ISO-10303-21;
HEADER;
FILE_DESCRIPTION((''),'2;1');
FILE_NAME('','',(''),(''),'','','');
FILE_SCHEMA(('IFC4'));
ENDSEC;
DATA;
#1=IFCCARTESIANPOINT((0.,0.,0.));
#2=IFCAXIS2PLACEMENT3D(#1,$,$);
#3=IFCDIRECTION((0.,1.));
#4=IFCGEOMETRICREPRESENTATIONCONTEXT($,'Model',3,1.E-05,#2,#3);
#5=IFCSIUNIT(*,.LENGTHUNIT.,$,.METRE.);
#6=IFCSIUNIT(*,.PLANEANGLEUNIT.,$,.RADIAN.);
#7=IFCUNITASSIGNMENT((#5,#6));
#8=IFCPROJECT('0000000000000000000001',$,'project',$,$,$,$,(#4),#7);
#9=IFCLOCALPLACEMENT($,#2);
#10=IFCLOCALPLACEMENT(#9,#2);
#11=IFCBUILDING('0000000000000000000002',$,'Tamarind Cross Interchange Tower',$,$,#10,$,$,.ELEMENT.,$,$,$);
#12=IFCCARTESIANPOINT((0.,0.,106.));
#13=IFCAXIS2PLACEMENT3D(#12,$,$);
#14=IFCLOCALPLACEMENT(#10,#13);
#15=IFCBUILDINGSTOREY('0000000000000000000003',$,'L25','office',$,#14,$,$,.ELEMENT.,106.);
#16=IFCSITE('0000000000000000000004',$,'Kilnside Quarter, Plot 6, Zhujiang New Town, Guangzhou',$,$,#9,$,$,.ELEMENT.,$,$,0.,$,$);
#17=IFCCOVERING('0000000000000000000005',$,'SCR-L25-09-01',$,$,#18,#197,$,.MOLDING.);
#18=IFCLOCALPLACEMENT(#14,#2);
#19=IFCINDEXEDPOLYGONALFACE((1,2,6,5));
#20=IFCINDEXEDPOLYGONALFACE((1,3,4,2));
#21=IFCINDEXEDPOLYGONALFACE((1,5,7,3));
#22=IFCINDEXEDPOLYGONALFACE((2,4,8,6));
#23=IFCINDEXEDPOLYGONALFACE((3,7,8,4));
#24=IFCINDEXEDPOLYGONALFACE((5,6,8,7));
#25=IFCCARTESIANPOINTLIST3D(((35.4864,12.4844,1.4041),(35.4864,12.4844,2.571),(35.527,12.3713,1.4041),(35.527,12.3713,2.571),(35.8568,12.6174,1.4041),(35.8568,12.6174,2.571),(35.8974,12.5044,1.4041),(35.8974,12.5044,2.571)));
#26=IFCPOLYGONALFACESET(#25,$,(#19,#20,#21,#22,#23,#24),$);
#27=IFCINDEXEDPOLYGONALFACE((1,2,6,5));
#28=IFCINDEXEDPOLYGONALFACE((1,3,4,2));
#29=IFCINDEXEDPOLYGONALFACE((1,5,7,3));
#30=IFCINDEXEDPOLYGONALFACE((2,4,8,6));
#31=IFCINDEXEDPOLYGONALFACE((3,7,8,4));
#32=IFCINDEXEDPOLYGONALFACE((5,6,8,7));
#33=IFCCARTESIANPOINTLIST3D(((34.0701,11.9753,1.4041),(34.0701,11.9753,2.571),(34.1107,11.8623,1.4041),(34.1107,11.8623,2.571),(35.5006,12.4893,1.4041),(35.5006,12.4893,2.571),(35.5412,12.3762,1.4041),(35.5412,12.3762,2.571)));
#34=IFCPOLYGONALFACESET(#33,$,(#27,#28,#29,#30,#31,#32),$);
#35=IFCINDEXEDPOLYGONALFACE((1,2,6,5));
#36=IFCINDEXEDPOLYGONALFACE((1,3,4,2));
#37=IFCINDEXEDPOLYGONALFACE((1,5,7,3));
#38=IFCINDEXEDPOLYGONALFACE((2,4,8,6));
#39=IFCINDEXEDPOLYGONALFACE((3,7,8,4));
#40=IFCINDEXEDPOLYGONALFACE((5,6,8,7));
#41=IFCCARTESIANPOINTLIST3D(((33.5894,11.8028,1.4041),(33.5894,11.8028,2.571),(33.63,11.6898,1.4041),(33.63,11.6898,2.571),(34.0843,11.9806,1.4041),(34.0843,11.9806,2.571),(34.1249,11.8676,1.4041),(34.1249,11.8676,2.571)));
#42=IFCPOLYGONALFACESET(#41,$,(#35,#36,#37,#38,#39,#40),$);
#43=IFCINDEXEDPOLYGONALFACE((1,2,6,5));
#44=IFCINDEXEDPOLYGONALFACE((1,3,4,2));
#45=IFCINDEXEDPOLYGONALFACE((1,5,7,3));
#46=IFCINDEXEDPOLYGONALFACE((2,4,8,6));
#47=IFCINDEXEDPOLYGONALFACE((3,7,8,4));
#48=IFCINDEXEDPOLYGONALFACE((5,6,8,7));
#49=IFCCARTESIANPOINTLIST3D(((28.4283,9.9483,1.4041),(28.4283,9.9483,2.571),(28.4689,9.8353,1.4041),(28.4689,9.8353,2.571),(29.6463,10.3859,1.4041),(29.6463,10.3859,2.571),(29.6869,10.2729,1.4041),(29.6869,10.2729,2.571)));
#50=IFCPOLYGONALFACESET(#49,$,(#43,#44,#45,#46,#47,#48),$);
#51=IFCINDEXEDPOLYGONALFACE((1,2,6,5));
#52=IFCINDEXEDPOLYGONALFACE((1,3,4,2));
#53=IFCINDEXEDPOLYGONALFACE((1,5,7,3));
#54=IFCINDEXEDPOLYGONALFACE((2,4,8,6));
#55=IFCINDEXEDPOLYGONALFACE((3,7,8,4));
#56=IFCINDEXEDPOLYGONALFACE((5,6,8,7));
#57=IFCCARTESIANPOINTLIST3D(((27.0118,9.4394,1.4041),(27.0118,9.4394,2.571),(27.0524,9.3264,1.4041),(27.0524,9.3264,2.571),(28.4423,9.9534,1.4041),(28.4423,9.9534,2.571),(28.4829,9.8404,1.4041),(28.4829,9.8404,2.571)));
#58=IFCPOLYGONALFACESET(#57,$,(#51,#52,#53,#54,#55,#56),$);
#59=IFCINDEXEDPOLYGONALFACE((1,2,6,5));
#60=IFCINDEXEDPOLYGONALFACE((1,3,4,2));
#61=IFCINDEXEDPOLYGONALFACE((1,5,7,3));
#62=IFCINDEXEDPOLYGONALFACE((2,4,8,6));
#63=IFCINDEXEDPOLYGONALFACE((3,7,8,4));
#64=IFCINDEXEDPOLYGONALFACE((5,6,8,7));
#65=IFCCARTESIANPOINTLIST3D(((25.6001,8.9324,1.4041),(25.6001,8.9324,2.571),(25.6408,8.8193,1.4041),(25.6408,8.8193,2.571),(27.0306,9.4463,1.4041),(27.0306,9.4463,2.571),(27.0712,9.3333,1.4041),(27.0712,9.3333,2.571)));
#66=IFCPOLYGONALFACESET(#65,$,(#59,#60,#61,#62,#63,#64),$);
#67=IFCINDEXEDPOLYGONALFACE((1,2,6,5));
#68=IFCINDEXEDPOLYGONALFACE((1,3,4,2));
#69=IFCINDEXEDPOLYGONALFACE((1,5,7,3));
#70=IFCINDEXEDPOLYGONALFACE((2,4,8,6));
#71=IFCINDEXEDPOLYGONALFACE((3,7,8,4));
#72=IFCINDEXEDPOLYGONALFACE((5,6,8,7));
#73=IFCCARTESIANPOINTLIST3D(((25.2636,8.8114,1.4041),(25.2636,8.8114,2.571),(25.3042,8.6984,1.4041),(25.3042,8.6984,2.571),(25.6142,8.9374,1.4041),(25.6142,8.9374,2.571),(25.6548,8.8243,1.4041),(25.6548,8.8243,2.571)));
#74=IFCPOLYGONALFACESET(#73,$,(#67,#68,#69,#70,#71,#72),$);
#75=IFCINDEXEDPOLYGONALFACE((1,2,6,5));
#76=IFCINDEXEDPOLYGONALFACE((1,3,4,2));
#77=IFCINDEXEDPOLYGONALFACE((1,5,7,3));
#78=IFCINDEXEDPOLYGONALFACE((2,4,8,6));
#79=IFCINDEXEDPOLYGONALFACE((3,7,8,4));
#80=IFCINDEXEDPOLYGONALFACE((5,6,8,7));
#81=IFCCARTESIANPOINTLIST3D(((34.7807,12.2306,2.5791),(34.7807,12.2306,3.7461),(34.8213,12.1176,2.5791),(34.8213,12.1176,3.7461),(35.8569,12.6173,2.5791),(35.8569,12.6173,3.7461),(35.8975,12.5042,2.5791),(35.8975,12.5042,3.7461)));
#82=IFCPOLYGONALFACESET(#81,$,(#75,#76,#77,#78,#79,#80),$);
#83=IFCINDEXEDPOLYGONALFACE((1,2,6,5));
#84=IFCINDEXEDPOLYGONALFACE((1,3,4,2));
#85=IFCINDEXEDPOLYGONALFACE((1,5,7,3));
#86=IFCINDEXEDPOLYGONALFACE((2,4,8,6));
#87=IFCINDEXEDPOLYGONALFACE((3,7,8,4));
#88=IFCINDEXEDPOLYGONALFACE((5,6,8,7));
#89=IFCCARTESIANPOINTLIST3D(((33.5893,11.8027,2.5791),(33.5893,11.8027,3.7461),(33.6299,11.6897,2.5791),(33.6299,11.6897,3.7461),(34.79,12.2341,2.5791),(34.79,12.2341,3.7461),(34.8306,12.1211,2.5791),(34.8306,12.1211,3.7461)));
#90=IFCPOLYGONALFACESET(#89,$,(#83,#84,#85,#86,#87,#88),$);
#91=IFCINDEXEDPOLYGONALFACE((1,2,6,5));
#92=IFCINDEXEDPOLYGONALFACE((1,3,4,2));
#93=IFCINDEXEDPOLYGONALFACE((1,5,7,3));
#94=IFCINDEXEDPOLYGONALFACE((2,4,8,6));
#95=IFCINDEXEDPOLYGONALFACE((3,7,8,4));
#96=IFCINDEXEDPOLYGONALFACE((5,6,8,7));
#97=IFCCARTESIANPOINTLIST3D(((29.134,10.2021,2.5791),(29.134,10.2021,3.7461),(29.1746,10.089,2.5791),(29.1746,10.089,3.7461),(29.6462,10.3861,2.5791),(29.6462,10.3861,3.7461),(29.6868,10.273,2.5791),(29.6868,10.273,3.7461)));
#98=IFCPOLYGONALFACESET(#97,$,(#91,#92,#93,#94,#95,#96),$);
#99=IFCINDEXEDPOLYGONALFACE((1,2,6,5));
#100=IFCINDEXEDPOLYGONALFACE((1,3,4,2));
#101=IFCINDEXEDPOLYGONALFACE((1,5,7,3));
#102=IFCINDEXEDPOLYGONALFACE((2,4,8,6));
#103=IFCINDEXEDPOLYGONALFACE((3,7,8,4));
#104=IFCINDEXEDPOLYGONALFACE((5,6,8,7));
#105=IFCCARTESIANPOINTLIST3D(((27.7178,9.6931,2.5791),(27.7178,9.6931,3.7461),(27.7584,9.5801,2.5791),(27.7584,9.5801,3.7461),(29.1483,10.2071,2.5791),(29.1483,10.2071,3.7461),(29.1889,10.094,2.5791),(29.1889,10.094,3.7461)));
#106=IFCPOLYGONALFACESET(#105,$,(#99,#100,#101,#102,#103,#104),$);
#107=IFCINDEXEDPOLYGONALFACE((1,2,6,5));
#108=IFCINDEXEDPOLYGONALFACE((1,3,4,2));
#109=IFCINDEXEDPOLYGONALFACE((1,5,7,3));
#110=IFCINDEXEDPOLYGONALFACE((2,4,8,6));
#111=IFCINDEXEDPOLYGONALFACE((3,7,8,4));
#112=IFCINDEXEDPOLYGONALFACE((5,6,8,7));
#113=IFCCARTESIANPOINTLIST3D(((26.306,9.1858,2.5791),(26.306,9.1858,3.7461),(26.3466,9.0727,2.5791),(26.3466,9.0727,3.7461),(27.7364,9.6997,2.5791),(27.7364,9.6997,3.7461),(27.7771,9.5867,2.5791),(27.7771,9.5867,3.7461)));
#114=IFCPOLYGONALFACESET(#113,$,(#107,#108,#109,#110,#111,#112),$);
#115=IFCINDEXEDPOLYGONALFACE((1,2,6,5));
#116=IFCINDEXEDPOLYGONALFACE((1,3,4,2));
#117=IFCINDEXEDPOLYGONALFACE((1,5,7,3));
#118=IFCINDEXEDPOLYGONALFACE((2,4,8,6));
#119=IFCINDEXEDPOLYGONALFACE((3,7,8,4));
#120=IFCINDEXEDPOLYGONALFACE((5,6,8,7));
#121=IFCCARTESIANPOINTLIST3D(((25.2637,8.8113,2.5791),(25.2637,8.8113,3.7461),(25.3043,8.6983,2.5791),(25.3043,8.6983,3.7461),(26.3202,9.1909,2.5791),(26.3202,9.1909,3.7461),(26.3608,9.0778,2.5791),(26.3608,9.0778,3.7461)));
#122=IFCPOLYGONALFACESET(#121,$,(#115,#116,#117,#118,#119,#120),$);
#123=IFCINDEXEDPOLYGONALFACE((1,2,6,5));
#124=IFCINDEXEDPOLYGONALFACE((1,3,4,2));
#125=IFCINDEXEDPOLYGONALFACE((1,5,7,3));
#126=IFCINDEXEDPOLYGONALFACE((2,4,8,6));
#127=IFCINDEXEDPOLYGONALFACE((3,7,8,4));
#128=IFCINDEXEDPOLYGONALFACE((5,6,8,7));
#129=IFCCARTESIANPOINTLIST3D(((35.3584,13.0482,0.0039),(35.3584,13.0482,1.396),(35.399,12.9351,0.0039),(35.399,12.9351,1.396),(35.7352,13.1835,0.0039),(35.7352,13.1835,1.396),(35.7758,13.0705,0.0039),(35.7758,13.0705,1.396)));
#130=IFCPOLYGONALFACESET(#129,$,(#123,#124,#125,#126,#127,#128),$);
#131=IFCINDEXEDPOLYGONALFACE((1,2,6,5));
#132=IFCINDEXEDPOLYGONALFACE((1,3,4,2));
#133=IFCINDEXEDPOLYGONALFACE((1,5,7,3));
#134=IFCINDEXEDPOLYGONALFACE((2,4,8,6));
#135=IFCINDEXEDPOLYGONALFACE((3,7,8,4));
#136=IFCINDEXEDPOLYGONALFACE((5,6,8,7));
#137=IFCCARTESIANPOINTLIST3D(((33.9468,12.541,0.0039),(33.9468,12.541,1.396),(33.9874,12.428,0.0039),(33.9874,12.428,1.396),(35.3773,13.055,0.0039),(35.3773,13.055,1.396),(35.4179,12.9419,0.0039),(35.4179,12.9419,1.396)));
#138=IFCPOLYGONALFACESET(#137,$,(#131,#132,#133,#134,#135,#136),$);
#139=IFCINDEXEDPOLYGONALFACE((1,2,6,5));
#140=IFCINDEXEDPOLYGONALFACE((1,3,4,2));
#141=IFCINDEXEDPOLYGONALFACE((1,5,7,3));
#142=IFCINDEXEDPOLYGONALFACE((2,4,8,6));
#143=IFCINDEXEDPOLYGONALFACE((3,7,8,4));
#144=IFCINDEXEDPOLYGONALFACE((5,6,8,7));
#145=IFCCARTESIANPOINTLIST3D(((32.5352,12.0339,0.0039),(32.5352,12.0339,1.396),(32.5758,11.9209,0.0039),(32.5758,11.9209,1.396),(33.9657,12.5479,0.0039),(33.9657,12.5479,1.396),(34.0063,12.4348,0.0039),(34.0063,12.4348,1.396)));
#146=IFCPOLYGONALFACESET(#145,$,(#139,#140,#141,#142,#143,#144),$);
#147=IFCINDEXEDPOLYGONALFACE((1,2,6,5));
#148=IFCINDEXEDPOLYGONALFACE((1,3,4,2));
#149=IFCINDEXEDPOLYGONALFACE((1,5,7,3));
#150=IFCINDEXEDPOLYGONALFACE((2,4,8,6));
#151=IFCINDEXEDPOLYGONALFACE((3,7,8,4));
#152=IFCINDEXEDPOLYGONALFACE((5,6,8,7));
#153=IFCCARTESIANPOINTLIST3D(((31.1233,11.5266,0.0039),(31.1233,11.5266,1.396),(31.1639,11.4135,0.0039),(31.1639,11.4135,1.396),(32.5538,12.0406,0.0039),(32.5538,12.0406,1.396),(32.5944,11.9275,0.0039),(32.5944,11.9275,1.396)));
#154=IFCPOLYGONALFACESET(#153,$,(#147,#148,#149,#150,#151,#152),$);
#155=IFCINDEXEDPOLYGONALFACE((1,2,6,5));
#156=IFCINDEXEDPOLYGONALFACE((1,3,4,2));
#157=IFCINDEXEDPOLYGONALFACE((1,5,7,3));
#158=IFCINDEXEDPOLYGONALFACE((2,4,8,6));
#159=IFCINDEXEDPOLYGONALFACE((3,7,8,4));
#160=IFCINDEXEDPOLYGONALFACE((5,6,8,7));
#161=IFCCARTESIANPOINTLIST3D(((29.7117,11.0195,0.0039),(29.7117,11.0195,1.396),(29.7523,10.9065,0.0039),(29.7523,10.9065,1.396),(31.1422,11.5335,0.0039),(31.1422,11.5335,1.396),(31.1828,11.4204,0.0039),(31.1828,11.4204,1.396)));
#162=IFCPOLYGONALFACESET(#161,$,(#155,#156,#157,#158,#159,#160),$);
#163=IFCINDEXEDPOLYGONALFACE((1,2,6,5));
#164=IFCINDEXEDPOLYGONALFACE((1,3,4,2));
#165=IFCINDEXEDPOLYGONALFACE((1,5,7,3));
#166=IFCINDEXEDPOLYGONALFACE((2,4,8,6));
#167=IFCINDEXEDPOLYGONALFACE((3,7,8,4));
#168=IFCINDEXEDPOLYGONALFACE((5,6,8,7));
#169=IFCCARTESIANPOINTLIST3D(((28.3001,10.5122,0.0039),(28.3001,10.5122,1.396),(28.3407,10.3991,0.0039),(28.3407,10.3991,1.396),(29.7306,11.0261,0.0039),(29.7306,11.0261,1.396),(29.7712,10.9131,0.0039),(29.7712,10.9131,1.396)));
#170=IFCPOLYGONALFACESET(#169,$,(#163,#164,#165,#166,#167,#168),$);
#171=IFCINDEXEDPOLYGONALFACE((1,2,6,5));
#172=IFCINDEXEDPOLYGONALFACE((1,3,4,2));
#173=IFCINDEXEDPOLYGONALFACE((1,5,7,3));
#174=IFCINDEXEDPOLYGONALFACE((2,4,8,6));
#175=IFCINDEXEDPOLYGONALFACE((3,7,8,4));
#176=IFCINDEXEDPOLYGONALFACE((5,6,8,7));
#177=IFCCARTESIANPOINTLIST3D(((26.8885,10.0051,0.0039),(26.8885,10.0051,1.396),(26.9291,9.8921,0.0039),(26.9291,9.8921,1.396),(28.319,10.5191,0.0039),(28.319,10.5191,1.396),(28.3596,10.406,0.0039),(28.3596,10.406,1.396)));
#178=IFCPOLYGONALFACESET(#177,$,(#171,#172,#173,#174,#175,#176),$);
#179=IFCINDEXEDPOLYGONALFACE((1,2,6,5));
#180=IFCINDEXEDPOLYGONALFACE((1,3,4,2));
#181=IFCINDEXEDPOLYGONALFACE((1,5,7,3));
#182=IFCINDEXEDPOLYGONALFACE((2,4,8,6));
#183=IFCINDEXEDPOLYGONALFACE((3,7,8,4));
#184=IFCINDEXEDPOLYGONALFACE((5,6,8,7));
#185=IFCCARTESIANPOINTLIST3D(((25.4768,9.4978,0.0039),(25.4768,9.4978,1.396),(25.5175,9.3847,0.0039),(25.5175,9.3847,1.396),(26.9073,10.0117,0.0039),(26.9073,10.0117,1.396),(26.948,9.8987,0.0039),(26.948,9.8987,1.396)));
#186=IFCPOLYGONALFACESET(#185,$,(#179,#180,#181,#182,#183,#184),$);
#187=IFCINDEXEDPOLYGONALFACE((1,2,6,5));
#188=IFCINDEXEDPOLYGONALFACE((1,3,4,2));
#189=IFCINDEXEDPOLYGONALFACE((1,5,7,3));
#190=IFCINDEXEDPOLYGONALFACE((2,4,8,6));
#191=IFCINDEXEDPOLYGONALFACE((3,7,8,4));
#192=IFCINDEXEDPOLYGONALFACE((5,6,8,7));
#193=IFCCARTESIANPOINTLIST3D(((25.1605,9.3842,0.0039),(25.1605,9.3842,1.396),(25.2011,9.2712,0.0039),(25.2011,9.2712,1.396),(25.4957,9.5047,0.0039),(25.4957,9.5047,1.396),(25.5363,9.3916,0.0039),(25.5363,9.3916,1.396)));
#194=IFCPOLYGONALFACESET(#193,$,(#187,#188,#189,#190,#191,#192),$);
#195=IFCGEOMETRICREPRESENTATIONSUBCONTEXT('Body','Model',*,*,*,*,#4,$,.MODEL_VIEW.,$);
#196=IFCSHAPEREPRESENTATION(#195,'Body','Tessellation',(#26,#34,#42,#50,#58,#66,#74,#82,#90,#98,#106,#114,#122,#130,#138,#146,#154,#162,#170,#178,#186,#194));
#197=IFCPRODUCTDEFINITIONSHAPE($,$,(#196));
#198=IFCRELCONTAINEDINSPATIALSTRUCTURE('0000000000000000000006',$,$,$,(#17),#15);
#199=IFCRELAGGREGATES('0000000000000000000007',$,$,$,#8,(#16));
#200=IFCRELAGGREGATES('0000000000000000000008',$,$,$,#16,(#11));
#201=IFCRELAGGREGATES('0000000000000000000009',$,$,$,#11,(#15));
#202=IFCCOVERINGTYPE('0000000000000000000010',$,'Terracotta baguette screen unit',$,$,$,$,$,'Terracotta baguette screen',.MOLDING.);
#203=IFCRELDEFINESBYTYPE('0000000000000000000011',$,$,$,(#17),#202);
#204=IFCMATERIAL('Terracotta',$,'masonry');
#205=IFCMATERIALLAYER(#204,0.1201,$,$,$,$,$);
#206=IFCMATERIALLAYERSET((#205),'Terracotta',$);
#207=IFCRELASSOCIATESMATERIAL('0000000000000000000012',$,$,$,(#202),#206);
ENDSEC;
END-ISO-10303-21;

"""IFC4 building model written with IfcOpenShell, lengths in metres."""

from ifc_helpers import new_model, si_unit, direction, frame, origin, origin_2d, place, context, subcontext, project, spatial, rectangle, extrude, material, layer, layer_set, type_object, element, save


model = new_model("IFC4")

# Units and contexts
model_context = context("Model", 3, precision=1e-05, world=origin(), true_north=direction((0.0, 1.0)))
body_context = subcontext(model_context, "Body", "Model", "MODEL_VIEW")
ifc_project = project(units=[si_unit("LENGTHUNIT", "METRE"), si_unit("PLANEANGLEUNIT", "RADIAN")], contexts=[model_context])

# Site, building, storey
site_placement = place(None, origin())
site = spatial("IfcSite", under=ifc_project, at=site_placement, Name="Kilnside Quarter, Plot 6, Zhujiang New Town, Guangzhou", CompositionType="ELEMENT", RefElevation=0.0)
building_placement = place(site_placement, origin())
building = spatial("IfcBuilding", under=site, at=building_placement, Name="Tamarind Cross Interchange Tower", CompositionType="ELEMENT")
storey_placement = place(building_placement, frame((0.0, 0.0, 106.0)))
storey = spatial("IfcBuildingStorey", under=building, at=storey_placement, Name="L25", Description="office", CompositionType="ELEMENT", Elevation=106.0)

# Covering
ifc_material_1 = material(Name="Terracotta", Category="masonry")
ifc_layer_1 = layer(ifc_material_1, 0.1201)
ifc_layer_set_1 = layer_set([ifc_layer_1], Name="Terracotta")
covering_type = type_object("IfcCoveringType", Name="Terracotta baguette screen unit", ElementType="Terracotta baguette screen", PredefinedType="MOLDING", material=ifc_layer_set_1)
covering_1_placement = place(storey_placement, origin())
element("IfcCovering", 1, at=covering_1_placement, inside=storey, type_object=covering_type, Name="SCR-L25-09-01", PredefinedType="MOLDING", context=body_context, shape_type="SweptSolid", body=[
    extrude(rectangle(XDim=0.3936, YDim=0.1201, at=origin_2d()), frame((35.6919, 12.4944, 1.4041), z_axis=(0.0, 0.0, 1.0), x_axis=(-0.9411, -0.338129, 0.0)), (0.0, 0.0, 1.0), 1.167),
    extrude(rectangle(XDim=1.52, YDim=0.1201, at=origin_2d()), frame((34.8057, 12.1758, 1.4041), z_axis=(0.0, 0.0, 1.0), x_axis=(-0.9411, -0.338129, 0.0)), (0.0, 0.0, 1.0), 1.167),
    extrude(rectangle(XDim=0.5259, YDim=0.1201, at=origin_2d()), frame((33.8572, 11.8352, 1.4041), z_axis=(0.0, 0.0, 1.0), x_axis=(-0.9411, -0.338129, 0.0)), (0.0, 0.0, 1.0), 1.167),
    extrude(rectangle(XDim=1.2942, YDim=0.1201, at=origin_2d()), frame((29.0576, 10.1106, 1.4041), z_axis=(0.0, 0.0, 1.0), x_axis=(-0.9411, -0.338129, 0.0)), (0.0, 0.0, 1.0), 1.167),
    extrude(rectangle(XDim=1.52, YDim=0.1201, at=origin_2d()), frame((27.7473, 9.6399, 1.4041), z_axis=(0.0, 0.0, 1.0), x_axis=(-0.9411, -0.338129, 0.0)), (0.0, 0.0, 1.0), 1.167),
    extrude(rectangle(XDim=1.52, YDim=0.1201, at=origin_2d()), frame((26.3357, 9.1328, 1.4041), z_axis=(0.0, 0.0, 1.0), x_axis=(-0.9411, -0.338129, 0.0)), (0.0, 0.0, 1.0), 1.167),
    extrude(rectangle(XDim=0.3726, YDim=0.1201, at=origin_2d()), frame((25.4592, 8.8179, 1.4041), z_axis=(0.0, 0.0, 1.0), x_axis=(-0.9411, -0.338129, 0.0)), (0.0, 0.0, 1.0), 1.167),
    extrude(rectangle(XDim=1.1436, YDim=0.1201, at=origin_2d()), frame((35.3391, 12.3674, 2.5791), z_axis=(0.0, 0.0, 1.0), x_axis=(-0.9411, -0.338129, 0.0)), (0.0, 0.0, 1.0), 1.167),
    extrude(rectangle(XDim=1.2759, YDim=0.1201, at=origin_2d()), frame((34.21, 11.9619, 2.5791), z_axis=(0.0, 0.0, 1.0), x_axis=(-0.9411, -0.338129, 0.0)), (0.0, 0.0, 1.0), 1.167),
    extrude(rectangle(XDim=0.5442, YDim=0.1201, at=origin_2d()), frame((29.4104, 10.2375, 2.5791), z_axis=(0.0, 0.0, 1.0), x_axis=(-0.9411, -0.338129, 0.0)), (0.0, 0.0, 1.0), 1.167),
    extrude(rectangle(XDim=1.52, YDim=0.1201, at=origin_2d()), frame((28.4534, 9.8936, 2.5791), z_axis=(0.0, 0.0, 1.0), x_axis=(-0.9411, -0.338129, 0.0)), (0.0, 0.0, 1.0), 1.167),
    extrude(rectangle(XDim=1.52, YDim=0.1201, at=origin_2d()), frame((27.0415, 9.3862, 2.5791), z_axis=(0.0, 0.0, 1.0), x_axis=(-0.9411, -0.338129, 0.0)), (0.0, 0.0, 1.0), 1.167),
    extrude(rectangle(XDim=1.1226, YDim=0.1201, at=origin_2d()), frame((25.8123, 8.9446, 2.5791), z_axis=(0.0, 0.0, 1.0), x_axis=(-0.9411, -0.338129, 0.0)), (0.0, 0.0, 1.0), 1.167),
    extrude(rectangle(XDim=0.4004, YDim=0.1201, at=origin_2d()), frame((35.5671, 13.0593, 0.0039), z_axis=(0.0, 0.0, 1.0), x_axis=(-0.9411, -0.338129, 0.0)), (0.0, 0.0, 1.0), 1.3921),
    extrude(rectangle(XDim=1.52, YDim=0.1201, at=origin_2d()), frame((34.6824, 12.7415, 0.0039), z_axis=(0.0, 0.0, 1.0), x_axis=(-0.9411, -0.338129, 0.0)), (0.0, 0.0, 1.0), 1.3921),
    extrude(rectangle(XDim=1.52, YDim=0.1201, at=origin_2d()), frame((33.2708, 12.2344, 0.0039), z_axis=(0.0, 0.0, 1.0), x_axis=(-0.9411, -0.338129, 0.0)), (0.0, 0.0, 1.0), 1.3921),
    extrude(rectangle(XDim=1.52, YDim=0.1201, at=origin_2d()), frame((31.8589, 11.7271, 0.0039), z_axis=(0.0, 0.0, 1.0), x_axis=(-0.9411, -0.338129, 0.0)), (0.0, 0.0, 1.0), 1.3921),
    extrude(rectangle(XDim=1.52, YDim=0.1201, at=origin_2d()), frame((30.4473, 11.22, 0.0039), z_axis=(0.0, 0.0, 1.0), x_axis=(-0.9411, -0.338129, 0.0)), (0.0, 0.0, 1.0), 1.3921),
    extrude(rectangle(XDim=1.52, YDim=0.1201, at=origin_2d()), frame((29.0356, 10.7126, 0.0039), z_axis=(0.0, 0.0, 1.0), x_axis=(-0.9411, -0.338129, 0.0)), (0.0, 0.0, 1.0), 1.3921),
    extrude(rectangle(XDim=1.52, YDim=0.1201, at=origin_2d()), frame((27.624, 10.2056, 0.0039), z_axis=(0.0, 0.0, 1.0), x_axis=(-0.9411, -0.338129, 0.0)), (0.0, 0.0, 1.0), 1.3921),
    extrude(rectangle(XDim=1.52, YDim=0.1201, at=origin_2d()), frame((26.2124, 9.6982, 0.0039), z_axis=(0.0, 0.0, 1.0), x_axis=(-0.9411, -0.338129, 0.0)), (0.0, 0.0, 1.0), 1.3921),
    extrude(rectangle(XDim=0.3562, YDim=0.1201, at=origin_2d()), frame((25.3484, 9.3879, 0.0039), z_axis=(0.0, 0.0, 1.0), x_axis=(-0.9411, -0.338129, 0.0)), (0.0, 0.0, 1.0), 1.3921),
])

save(model, "model.ifc")
